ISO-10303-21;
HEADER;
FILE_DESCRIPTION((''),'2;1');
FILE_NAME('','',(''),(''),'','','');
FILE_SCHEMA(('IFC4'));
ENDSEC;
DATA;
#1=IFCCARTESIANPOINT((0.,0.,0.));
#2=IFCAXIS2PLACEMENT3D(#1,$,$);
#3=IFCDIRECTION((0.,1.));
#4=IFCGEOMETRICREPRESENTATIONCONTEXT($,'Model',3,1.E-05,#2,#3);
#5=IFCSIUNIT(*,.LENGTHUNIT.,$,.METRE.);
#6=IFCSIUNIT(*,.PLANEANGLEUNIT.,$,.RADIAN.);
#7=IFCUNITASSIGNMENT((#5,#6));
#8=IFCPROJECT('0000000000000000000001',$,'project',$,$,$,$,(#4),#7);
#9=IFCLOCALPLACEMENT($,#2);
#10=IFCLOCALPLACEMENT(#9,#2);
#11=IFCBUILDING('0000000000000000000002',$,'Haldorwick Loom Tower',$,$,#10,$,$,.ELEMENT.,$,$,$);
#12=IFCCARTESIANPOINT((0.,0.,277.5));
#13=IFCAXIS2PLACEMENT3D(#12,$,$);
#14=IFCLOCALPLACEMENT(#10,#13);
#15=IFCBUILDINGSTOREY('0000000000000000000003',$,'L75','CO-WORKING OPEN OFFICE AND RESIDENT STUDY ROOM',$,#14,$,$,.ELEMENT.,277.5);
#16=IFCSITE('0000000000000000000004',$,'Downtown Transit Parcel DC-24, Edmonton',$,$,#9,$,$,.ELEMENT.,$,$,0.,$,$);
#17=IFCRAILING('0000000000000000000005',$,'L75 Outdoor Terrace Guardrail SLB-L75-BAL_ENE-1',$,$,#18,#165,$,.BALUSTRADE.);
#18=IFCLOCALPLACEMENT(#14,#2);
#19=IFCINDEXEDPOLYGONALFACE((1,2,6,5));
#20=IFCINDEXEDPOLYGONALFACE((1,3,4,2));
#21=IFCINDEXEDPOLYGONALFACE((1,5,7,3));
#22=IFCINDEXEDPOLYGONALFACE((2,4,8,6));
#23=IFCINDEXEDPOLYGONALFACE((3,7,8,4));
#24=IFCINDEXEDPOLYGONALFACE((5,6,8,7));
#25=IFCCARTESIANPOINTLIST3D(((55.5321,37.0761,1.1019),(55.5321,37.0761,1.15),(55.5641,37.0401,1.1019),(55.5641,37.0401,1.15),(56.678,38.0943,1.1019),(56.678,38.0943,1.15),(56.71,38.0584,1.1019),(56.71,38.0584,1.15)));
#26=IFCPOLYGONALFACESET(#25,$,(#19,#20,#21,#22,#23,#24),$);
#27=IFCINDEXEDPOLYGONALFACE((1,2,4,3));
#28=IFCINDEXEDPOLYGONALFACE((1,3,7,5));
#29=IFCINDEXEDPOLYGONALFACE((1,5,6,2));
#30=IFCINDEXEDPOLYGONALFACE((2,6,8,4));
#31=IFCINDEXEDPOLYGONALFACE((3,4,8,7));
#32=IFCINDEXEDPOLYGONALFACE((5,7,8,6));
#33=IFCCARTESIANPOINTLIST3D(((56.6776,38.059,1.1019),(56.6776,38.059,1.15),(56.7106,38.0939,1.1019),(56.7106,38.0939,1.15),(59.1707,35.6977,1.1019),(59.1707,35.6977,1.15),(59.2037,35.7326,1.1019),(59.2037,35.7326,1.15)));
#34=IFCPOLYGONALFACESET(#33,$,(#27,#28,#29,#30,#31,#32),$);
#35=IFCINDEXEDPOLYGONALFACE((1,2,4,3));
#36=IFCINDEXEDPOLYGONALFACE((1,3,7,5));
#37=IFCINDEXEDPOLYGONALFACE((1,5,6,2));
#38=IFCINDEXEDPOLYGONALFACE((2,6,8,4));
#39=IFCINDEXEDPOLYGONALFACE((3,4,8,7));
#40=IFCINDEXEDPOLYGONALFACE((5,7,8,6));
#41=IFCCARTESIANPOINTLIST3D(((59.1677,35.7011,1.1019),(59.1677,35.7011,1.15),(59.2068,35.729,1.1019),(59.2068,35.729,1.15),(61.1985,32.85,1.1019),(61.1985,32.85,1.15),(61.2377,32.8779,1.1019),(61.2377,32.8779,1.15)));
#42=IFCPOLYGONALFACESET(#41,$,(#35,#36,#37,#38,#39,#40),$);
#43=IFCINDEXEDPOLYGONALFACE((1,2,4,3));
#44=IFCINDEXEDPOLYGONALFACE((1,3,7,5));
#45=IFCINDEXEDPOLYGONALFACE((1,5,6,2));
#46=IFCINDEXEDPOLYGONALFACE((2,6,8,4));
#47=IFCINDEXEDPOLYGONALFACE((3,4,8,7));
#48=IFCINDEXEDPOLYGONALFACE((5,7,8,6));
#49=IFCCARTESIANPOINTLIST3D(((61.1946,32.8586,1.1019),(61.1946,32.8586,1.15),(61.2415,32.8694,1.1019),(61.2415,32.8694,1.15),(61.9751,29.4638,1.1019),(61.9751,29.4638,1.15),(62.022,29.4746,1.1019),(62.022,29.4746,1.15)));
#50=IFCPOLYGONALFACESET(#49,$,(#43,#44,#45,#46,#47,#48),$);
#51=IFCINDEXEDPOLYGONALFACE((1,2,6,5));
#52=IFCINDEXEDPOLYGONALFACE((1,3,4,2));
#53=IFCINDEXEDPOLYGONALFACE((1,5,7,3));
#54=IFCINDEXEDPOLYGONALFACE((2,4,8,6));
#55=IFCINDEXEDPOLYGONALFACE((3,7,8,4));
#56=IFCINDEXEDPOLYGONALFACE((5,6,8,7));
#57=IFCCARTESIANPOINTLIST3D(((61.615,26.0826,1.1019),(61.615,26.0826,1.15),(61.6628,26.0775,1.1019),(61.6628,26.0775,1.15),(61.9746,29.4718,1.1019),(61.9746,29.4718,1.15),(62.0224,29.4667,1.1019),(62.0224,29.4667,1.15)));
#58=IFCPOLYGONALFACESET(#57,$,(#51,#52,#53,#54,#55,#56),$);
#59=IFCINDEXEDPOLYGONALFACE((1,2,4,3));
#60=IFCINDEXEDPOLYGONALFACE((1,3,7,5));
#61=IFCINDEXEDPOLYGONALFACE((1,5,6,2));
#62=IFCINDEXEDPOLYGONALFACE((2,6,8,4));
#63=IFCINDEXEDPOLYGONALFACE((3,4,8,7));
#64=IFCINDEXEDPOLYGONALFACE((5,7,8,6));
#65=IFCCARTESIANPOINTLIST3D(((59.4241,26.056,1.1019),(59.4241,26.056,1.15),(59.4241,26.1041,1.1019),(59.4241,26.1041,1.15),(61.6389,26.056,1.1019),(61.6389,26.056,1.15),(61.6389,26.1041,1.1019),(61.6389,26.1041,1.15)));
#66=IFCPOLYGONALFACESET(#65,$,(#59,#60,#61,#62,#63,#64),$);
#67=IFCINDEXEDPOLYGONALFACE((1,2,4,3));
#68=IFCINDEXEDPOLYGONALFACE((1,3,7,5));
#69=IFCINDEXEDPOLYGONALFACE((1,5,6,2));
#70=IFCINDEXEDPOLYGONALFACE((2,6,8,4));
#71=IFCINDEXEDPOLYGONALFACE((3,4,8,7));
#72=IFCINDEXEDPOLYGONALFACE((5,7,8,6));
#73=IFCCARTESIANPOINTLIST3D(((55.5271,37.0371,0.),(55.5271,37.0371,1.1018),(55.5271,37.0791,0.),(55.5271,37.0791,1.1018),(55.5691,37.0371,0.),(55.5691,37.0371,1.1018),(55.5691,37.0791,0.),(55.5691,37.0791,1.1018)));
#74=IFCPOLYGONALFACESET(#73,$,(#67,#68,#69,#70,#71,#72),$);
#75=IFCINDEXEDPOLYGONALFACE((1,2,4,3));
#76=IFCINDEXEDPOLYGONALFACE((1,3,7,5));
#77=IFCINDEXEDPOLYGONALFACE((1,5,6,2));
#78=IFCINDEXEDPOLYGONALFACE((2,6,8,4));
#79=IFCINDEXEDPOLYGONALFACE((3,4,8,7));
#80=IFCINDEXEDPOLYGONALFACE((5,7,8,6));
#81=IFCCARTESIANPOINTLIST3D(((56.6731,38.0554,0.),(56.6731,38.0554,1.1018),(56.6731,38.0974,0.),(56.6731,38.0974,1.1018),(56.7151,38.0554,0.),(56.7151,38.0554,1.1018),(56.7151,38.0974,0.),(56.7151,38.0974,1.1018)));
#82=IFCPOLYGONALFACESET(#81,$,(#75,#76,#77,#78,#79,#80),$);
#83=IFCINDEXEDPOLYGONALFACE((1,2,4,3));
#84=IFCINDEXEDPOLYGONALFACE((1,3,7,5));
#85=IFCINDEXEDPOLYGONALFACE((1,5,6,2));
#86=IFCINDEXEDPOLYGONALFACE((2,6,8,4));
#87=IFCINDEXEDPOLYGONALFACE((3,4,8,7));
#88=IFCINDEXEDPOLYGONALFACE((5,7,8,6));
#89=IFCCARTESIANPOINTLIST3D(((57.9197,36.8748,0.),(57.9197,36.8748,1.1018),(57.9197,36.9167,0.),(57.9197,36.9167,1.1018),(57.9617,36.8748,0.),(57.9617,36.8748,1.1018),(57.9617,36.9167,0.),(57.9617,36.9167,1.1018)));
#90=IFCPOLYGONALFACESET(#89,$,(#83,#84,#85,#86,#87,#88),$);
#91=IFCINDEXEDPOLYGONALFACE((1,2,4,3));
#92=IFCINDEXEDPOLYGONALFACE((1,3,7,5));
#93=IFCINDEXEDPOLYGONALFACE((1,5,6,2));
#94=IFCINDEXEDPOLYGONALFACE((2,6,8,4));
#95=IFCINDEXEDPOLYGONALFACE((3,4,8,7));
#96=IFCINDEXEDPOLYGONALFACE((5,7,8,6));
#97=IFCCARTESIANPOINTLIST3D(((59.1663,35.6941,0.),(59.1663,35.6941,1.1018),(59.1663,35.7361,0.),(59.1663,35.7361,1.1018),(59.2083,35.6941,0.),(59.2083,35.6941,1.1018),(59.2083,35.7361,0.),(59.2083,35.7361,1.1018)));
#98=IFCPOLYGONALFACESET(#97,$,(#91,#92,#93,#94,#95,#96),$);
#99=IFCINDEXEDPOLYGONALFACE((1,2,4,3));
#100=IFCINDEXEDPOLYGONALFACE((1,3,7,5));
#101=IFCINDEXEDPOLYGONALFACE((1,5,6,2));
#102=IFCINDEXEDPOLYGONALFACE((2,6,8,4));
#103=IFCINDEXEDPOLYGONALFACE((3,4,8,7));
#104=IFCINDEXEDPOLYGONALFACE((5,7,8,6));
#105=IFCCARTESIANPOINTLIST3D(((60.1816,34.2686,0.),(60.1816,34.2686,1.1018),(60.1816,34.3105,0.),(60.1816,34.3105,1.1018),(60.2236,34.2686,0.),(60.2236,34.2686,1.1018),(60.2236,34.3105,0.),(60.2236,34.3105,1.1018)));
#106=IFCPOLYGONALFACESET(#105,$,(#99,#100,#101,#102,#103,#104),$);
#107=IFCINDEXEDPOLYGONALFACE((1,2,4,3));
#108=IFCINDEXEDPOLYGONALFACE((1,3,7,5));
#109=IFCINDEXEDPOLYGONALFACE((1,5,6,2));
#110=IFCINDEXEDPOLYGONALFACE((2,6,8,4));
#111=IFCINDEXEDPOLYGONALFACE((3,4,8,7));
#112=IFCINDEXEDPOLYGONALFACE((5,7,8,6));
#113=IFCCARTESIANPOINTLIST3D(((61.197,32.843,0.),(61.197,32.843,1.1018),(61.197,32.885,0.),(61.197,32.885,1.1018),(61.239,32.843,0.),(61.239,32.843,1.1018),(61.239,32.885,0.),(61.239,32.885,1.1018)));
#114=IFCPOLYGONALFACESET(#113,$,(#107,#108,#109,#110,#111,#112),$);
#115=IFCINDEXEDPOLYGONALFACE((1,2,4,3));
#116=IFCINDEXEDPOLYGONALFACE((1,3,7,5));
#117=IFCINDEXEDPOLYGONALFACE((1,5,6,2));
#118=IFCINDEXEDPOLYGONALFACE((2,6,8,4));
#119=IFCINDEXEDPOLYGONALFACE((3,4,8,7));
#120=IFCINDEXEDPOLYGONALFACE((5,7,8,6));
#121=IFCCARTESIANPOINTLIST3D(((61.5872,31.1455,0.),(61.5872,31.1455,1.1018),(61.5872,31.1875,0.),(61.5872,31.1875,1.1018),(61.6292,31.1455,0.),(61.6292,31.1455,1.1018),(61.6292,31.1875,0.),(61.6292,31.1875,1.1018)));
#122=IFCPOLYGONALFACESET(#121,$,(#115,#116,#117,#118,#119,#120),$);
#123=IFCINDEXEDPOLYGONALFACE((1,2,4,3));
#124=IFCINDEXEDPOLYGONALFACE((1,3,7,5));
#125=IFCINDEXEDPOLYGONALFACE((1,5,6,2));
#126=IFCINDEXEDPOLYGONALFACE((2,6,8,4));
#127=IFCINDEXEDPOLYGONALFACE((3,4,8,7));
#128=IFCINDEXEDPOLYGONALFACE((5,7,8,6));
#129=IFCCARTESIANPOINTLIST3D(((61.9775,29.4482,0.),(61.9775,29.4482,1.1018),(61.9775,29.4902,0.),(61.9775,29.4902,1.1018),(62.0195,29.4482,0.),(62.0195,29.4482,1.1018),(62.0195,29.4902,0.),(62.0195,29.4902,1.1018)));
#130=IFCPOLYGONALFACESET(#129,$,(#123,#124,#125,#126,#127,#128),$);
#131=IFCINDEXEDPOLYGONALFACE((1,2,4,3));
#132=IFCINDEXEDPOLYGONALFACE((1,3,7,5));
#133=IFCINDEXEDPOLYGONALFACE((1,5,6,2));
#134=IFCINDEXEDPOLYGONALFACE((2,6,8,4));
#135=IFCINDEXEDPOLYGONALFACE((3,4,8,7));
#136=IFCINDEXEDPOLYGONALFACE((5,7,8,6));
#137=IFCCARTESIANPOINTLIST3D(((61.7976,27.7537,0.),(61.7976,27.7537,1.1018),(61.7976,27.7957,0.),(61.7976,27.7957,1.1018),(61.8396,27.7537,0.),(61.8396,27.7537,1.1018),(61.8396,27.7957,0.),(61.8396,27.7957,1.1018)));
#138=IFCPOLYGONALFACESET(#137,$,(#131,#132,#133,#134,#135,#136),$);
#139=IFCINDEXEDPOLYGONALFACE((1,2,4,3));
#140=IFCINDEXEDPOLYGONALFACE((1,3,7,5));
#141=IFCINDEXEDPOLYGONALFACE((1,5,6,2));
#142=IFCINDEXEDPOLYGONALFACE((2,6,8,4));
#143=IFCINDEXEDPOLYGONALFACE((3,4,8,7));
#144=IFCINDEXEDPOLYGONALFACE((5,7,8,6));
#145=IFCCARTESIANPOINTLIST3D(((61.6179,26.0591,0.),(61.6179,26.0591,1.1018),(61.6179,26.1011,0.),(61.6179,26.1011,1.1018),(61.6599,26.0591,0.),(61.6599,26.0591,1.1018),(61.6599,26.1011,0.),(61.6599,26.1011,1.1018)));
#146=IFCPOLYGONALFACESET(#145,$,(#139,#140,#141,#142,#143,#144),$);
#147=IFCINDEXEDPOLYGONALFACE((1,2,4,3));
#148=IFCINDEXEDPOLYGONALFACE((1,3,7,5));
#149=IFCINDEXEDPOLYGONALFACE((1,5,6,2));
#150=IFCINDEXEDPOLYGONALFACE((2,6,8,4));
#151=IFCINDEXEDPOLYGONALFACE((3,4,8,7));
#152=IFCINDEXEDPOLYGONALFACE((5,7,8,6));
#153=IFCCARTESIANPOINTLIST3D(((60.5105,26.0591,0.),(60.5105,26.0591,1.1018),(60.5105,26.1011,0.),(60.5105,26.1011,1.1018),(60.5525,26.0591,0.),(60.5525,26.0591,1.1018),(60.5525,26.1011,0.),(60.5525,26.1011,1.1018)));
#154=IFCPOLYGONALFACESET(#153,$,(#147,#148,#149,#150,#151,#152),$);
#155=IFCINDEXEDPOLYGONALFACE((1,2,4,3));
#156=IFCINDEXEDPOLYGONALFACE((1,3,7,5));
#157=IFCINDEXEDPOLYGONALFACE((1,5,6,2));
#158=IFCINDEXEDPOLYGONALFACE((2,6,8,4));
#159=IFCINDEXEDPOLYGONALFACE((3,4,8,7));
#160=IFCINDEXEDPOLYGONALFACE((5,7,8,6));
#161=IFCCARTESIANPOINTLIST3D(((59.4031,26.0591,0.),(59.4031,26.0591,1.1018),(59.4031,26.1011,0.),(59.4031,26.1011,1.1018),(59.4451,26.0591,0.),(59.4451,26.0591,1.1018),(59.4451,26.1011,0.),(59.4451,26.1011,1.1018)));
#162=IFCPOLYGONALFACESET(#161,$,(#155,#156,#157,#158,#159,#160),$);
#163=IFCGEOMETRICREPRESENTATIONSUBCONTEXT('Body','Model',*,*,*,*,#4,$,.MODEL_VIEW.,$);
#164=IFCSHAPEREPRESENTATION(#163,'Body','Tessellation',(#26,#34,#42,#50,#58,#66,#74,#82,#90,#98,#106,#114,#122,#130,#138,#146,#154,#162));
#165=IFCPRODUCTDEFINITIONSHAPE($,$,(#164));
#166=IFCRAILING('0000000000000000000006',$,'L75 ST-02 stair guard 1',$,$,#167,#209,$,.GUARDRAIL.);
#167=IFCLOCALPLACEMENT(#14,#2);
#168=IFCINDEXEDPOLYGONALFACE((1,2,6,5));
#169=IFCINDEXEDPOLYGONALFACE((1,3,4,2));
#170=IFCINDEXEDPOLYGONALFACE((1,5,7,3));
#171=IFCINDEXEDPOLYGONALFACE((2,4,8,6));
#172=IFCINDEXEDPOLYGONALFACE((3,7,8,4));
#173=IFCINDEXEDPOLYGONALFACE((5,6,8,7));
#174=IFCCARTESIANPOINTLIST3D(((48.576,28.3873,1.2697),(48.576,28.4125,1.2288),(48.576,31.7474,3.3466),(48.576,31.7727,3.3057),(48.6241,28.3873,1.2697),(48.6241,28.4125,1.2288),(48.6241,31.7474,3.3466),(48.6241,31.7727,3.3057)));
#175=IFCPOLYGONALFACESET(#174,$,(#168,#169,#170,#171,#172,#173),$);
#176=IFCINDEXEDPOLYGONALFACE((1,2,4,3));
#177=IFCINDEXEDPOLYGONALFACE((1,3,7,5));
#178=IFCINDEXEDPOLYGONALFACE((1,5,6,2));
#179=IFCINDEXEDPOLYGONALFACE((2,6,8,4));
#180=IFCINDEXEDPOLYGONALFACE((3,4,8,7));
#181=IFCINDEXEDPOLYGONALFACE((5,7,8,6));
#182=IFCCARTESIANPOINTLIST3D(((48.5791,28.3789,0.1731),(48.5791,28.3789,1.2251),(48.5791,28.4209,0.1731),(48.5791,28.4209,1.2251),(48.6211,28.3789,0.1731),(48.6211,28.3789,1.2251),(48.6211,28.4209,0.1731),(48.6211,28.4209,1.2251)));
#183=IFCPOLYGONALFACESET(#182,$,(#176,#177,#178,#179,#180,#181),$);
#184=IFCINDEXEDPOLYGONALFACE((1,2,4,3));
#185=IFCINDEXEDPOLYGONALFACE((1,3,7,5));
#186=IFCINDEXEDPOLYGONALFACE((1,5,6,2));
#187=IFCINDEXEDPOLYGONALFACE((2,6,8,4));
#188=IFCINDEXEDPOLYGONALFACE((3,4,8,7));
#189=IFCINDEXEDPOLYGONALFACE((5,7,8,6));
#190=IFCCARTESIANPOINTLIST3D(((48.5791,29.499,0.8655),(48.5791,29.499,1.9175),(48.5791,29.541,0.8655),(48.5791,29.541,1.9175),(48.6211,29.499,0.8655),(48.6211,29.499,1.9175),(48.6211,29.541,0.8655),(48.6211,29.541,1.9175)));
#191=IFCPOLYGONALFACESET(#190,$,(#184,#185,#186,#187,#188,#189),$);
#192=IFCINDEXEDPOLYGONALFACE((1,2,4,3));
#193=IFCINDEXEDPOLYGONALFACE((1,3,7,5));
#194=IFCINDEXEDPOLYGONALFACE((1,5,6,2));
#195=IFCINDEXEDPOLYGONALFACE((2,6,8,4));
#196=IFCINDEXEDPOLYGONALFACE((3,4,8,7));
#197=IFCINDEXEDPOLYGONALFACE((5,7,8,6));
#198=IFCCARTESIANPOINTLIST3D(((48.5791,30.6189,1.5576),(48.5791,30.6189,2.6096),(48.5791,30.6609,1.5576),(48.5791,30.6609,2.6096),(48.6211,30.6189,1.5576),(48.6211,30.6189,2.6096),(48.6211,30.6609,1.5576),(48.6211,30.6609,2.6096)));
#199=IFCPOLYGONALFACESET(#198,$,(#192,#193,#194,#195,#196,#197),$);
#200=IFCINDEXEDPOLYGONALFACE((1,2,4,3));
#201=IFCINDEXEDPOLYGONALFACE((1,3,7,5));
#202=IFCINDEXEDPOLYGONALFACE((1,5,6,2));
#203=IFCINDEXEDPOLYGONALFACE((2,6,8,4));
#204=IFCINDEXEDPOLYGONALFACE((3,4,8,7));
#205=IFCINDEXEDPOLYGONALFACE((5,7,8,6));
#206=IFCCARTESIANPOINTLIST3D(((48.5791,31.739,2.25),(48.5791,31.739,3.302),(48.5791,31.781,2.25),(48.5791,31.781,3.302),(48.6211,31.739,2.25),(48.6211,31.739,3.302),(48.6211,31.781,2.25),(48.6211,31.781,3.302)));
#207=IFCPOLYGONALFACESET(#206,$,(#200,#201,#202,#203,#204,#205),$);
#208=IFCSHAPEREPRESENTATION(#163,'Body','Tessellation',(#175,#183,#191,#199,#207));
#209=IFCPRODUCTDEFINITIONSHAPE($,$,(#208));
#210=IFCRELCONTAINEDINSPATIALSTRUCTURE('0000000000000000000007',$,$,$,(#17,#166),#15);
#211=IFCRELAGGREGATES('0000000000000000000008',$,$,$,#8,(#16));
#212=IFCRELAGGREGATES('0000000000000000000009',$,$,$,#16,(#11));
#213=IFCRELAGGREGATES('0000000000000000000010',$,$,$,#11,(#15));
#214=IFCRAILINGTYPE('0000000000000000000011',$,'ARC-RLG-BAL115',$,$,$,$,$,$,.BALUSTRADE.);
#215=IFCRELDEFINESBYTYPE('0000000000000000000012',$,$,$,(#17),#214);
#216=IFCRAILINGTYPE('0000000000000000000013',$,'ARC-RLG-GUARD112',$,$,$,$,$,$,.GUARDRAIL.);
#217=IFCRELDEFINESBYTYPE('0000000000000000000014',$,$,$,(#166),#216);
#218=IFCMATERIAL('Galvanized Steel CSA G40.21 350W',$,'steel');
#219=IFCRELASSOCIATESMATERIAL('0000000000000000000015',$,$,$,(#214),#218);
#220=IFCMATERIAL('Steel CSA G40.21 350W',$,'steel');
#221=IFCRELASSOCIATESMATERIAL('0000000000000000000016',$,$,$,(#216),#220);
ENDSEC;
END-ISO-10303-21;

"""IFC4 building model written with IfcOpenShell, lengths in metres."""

from ifc_helpers import new_model, si_unit, direction, frame, origin, origin_2d, place, context, subcontext, project, spatial, rectangle, extrude, material, type_object, element, save


model = new_model("IFC4")

# Units and contexts
model_context = context("Model", 3, precision=1e-05, world=origin(), true_north=direction((0.0, 1.0)))
body_context = subcontext(model_context, "Body", "Model", "MODEL_VIEW")
ifc_project = project(units=[si_unit("LENGTHUNIT", "METRE"), si_unit("PLANEANGLEUNIT", "RADIAN")], contexts=[model_context])

# Site, building, storey
site_placement = place(None, origin())
site = spatial("IfcSite", under=ifc_project, at=site_placement, Name="Downtown Transit Parcel DC-24, Edmonton", CompositionType="ELEMENT", RefElevation=0.0)
building_placement = place(site_placement, origin())
building = spatial("IfcBuilding", under=site, at=building_placement, Name="Haldorwick Loom Tower", CompositionType="ELEMENT")
storey_placement = place(building_placement, frame((0.0, 0.0, 277.5)))
storey = spatial("IfcBuildingStorey", under=building, at=storey_placement, Name="L75", Description="CO-WORKING OPEN OFFICE AND RESIDENT STUDY ROOM", CompositionType="ELEMENT", Elevation=277.5)

# Shared definitions
ifc_material_1 = material(Name="Steel CSA G40.21 350W", Category="steel")

# Railings
ifc_material_2 = material(Name="Galvanized Steel CSA G40.21 350W", Category="steel")
railing_type_1 = type_object("IfcRailingType", Name="ARC-RLG-BAL115", PredefinedType="BALUSTRADE", material=ifc_material_2)
railing_1_placement = place(storey_placement, frame((55.5481, 37.0581, 0.0)))
element("IfcRailing", 1, at=railing_1_placement, inside=storey, type_object=railing_type_1, Name="L75 Outdoor Terrace Guardrail SLB-L75-BAL_ENE-1", PredefinedType="BALUSTRADE", context=body_context, shape_type="SweptSolid", body=[
    extrude(rectangle(XDim=0.0481, YDim=0.0481, at=origin_2d()), frame((0.0, 0.0, 1.126), z_axis=(0.747524, 0.664235, 0.0), x_axis=(-0.664235, 0.747524, 0.0)), (0.0, 0.0, 1.0), 1.533),
    extrude(rectangle(XDim=0.0481, YDim=0.0481, at=origin_2d()), frame((1.146, 1.0183, 1.126), z_axis=(0.726042, -0.68765, 0.0), x_axis=(0.68765, 0.726042, 0.0)), (0.0, 0.0, 1.0), 3.4338),
    extrude(rectangle(XDim=0.0481, YDim=0.0481, at=origin_2d()), frame((3.6392, -1.343, 1.126), z_axis=(0.580156, -0.814506, 0.0), x_axis=(0.814506, 0.580156, 0.0)), (0.0, 0.0, 1.0), 3.5005),
    extrude(rectangle(XDim=0.0481, YDim=0.0481, at=origin_2d()), frame((5.6699, -4.1941, 1.126), z_axis=(0.224071, -0.974573, 0.0), x_axis=(0.974573, 0.224071, 0.0)), (0.0, 0.0, 1.0), 3.4834),
    extrude(rectangle(XDim=0.0481, YDim=0.0481, at=origin_2d()), frame((6.4504, -7.5889, 1.126), z_axis=(-0.105516, -0.994418, 0.0), x_axis=(0.994418, -0.105516, 0.0)), (0.0, 0.0, 1.0), 3.4082),
    extrude(rectangle(XDim=0.0481, YDim=0.0481, at=origin_2d()), frame((6.0908, -10.978, 1.126), z_axis=(-1.0, 0.0, 0.0), x_axis=(0.0, -1.0, 0.0)), (0.0, 0.0, 1.0), 2.2148),
    extrude(rectangle(XDim=0.042, YDim=0.042, at=origin_2d()), origin(), (0.0, 0.0, 1.0), 1.1018),
    extrude(rectangle(XDim=0.042, YDim=0.042, at=origin_2d()), frame((1.146, 1.0183, 0.0)), (0.0, 0.0, 1.0), 1.1018),
    extrude(rectangle(XDim=0.042, YDim=0.042, at=origin_2d()), frame((2.3926, -0.1624, 0.0)), (0.0, 0.0, 1.0), 1.1018),
    extrude(rectangle(XDim=0.042, YDim=0.042, at=origin_2d()), frame((3.6392, -1.343, 0.0)), (0.0, 0.0, 1.0), 1.1018),
    extrude(rectangle(XDim=0.042, YDim=0.042, at=origin_2d()), frame((4.6545, -2.7686, 0.0)), (0.0, 0.0, 1.0), 1.1018),
    extrude(rectangle(XDim=0.042, YDim=0.042, at=origin_2d()), frame((5.6699, -4.1941, 0.0)), (0.0, 0.0, 1.0), 1.1018),
    extrude(rectangle(XDim=0.042, YDim=0.042, at=origin_2d()), frame((6.0601, -5.8916, 0.0)), (0.0, 0.0, 1.0), 1.1018),
    extrude(rectangle(XDim=0.042, YDim=0.042, at=origin_2d()), frame((6.4504, -7.5889, 0.0)), (0.0, 0.0, 1.0), 1.1018),
    extrude(rectangle(XDim=0.042, YDim=0.042, at=origin_2d()), frame((6.2705, -9.2834, 0.0)), (0.0, 0.0, 1.0), 1.1018),
    extrude(rectangle(XDim=0.042, YDim=0.042, at=origin_2d()), frame((6.0908, -10.978, 0.0)), (0.0, 0.0, 1.0), 1.1018),
    extrude(rectangle(XDim=0.042, YDim=0.042, at=origin_2d()), frame((4.9834, -10.978, 0.0)), (0.0, 0.0, 1.0), 1.1018),
    extrude(rectangle(XDim=0.042, YDim=0.042, at=origin_2d()), frame((3.876, -10.978, 0.0)), (0.0, 0.0, 1.0), 1.1018),
])
railing_type_2 = type_object("IfcRailingType", Name="ARC-RLG-GUARD112", PredefinedType="GUARDRAIL", material=ifc_material_1)
railing_2_placement = place(storey_placement, frame((48.6001, 28.3999, 0.1731)))
element("IfcRailing", 2, at=railing_2_placement, inside=storey, type_object=railing_type_2, Name="L75 ST-02 stair guard 1", PredefinedType="GUARDRAIL", context=body_context, shape_type="SweptSolid", body=[
    extrude(rectangle(XDim=0.0481, YDim=0.0481, at=origin_2d()), frame((0.0, 0.0, 1.0762), z_axis=(0.0, 0.850623, 0.525776), x_axis=(-1.0, 0.0, 0.0)), (0.0, 0.0, 1.0), 3.9502),
    extrude(rectangle(XDim=0.042, YDim=0.042, at=origin_2d()), origin(), (0.0, 0.0, 1.0), 1.052),
    extrude(rectangle(XDim=0.042, YDim=0.042, at=origin_2d()), frame((0.0, 1.1201, 0.6924)), (0.0, 0.0, 1.0), 1.052),
    extrude(rectangle(XDim=0.042, YDim=0.042, at=origin_2d()), frame((0.0, 2.24, 1.3845)), (0.0, 0.0, 1.0), 1.052),
    extrude(rectangle(XDim=0.042, YDim=0.042, at=origin_2d()), frame((0.0, 3.3601, 2.0769)), (0.0, 0.0, 1.0), 1.052),
])

save(model, "model.ifc")
